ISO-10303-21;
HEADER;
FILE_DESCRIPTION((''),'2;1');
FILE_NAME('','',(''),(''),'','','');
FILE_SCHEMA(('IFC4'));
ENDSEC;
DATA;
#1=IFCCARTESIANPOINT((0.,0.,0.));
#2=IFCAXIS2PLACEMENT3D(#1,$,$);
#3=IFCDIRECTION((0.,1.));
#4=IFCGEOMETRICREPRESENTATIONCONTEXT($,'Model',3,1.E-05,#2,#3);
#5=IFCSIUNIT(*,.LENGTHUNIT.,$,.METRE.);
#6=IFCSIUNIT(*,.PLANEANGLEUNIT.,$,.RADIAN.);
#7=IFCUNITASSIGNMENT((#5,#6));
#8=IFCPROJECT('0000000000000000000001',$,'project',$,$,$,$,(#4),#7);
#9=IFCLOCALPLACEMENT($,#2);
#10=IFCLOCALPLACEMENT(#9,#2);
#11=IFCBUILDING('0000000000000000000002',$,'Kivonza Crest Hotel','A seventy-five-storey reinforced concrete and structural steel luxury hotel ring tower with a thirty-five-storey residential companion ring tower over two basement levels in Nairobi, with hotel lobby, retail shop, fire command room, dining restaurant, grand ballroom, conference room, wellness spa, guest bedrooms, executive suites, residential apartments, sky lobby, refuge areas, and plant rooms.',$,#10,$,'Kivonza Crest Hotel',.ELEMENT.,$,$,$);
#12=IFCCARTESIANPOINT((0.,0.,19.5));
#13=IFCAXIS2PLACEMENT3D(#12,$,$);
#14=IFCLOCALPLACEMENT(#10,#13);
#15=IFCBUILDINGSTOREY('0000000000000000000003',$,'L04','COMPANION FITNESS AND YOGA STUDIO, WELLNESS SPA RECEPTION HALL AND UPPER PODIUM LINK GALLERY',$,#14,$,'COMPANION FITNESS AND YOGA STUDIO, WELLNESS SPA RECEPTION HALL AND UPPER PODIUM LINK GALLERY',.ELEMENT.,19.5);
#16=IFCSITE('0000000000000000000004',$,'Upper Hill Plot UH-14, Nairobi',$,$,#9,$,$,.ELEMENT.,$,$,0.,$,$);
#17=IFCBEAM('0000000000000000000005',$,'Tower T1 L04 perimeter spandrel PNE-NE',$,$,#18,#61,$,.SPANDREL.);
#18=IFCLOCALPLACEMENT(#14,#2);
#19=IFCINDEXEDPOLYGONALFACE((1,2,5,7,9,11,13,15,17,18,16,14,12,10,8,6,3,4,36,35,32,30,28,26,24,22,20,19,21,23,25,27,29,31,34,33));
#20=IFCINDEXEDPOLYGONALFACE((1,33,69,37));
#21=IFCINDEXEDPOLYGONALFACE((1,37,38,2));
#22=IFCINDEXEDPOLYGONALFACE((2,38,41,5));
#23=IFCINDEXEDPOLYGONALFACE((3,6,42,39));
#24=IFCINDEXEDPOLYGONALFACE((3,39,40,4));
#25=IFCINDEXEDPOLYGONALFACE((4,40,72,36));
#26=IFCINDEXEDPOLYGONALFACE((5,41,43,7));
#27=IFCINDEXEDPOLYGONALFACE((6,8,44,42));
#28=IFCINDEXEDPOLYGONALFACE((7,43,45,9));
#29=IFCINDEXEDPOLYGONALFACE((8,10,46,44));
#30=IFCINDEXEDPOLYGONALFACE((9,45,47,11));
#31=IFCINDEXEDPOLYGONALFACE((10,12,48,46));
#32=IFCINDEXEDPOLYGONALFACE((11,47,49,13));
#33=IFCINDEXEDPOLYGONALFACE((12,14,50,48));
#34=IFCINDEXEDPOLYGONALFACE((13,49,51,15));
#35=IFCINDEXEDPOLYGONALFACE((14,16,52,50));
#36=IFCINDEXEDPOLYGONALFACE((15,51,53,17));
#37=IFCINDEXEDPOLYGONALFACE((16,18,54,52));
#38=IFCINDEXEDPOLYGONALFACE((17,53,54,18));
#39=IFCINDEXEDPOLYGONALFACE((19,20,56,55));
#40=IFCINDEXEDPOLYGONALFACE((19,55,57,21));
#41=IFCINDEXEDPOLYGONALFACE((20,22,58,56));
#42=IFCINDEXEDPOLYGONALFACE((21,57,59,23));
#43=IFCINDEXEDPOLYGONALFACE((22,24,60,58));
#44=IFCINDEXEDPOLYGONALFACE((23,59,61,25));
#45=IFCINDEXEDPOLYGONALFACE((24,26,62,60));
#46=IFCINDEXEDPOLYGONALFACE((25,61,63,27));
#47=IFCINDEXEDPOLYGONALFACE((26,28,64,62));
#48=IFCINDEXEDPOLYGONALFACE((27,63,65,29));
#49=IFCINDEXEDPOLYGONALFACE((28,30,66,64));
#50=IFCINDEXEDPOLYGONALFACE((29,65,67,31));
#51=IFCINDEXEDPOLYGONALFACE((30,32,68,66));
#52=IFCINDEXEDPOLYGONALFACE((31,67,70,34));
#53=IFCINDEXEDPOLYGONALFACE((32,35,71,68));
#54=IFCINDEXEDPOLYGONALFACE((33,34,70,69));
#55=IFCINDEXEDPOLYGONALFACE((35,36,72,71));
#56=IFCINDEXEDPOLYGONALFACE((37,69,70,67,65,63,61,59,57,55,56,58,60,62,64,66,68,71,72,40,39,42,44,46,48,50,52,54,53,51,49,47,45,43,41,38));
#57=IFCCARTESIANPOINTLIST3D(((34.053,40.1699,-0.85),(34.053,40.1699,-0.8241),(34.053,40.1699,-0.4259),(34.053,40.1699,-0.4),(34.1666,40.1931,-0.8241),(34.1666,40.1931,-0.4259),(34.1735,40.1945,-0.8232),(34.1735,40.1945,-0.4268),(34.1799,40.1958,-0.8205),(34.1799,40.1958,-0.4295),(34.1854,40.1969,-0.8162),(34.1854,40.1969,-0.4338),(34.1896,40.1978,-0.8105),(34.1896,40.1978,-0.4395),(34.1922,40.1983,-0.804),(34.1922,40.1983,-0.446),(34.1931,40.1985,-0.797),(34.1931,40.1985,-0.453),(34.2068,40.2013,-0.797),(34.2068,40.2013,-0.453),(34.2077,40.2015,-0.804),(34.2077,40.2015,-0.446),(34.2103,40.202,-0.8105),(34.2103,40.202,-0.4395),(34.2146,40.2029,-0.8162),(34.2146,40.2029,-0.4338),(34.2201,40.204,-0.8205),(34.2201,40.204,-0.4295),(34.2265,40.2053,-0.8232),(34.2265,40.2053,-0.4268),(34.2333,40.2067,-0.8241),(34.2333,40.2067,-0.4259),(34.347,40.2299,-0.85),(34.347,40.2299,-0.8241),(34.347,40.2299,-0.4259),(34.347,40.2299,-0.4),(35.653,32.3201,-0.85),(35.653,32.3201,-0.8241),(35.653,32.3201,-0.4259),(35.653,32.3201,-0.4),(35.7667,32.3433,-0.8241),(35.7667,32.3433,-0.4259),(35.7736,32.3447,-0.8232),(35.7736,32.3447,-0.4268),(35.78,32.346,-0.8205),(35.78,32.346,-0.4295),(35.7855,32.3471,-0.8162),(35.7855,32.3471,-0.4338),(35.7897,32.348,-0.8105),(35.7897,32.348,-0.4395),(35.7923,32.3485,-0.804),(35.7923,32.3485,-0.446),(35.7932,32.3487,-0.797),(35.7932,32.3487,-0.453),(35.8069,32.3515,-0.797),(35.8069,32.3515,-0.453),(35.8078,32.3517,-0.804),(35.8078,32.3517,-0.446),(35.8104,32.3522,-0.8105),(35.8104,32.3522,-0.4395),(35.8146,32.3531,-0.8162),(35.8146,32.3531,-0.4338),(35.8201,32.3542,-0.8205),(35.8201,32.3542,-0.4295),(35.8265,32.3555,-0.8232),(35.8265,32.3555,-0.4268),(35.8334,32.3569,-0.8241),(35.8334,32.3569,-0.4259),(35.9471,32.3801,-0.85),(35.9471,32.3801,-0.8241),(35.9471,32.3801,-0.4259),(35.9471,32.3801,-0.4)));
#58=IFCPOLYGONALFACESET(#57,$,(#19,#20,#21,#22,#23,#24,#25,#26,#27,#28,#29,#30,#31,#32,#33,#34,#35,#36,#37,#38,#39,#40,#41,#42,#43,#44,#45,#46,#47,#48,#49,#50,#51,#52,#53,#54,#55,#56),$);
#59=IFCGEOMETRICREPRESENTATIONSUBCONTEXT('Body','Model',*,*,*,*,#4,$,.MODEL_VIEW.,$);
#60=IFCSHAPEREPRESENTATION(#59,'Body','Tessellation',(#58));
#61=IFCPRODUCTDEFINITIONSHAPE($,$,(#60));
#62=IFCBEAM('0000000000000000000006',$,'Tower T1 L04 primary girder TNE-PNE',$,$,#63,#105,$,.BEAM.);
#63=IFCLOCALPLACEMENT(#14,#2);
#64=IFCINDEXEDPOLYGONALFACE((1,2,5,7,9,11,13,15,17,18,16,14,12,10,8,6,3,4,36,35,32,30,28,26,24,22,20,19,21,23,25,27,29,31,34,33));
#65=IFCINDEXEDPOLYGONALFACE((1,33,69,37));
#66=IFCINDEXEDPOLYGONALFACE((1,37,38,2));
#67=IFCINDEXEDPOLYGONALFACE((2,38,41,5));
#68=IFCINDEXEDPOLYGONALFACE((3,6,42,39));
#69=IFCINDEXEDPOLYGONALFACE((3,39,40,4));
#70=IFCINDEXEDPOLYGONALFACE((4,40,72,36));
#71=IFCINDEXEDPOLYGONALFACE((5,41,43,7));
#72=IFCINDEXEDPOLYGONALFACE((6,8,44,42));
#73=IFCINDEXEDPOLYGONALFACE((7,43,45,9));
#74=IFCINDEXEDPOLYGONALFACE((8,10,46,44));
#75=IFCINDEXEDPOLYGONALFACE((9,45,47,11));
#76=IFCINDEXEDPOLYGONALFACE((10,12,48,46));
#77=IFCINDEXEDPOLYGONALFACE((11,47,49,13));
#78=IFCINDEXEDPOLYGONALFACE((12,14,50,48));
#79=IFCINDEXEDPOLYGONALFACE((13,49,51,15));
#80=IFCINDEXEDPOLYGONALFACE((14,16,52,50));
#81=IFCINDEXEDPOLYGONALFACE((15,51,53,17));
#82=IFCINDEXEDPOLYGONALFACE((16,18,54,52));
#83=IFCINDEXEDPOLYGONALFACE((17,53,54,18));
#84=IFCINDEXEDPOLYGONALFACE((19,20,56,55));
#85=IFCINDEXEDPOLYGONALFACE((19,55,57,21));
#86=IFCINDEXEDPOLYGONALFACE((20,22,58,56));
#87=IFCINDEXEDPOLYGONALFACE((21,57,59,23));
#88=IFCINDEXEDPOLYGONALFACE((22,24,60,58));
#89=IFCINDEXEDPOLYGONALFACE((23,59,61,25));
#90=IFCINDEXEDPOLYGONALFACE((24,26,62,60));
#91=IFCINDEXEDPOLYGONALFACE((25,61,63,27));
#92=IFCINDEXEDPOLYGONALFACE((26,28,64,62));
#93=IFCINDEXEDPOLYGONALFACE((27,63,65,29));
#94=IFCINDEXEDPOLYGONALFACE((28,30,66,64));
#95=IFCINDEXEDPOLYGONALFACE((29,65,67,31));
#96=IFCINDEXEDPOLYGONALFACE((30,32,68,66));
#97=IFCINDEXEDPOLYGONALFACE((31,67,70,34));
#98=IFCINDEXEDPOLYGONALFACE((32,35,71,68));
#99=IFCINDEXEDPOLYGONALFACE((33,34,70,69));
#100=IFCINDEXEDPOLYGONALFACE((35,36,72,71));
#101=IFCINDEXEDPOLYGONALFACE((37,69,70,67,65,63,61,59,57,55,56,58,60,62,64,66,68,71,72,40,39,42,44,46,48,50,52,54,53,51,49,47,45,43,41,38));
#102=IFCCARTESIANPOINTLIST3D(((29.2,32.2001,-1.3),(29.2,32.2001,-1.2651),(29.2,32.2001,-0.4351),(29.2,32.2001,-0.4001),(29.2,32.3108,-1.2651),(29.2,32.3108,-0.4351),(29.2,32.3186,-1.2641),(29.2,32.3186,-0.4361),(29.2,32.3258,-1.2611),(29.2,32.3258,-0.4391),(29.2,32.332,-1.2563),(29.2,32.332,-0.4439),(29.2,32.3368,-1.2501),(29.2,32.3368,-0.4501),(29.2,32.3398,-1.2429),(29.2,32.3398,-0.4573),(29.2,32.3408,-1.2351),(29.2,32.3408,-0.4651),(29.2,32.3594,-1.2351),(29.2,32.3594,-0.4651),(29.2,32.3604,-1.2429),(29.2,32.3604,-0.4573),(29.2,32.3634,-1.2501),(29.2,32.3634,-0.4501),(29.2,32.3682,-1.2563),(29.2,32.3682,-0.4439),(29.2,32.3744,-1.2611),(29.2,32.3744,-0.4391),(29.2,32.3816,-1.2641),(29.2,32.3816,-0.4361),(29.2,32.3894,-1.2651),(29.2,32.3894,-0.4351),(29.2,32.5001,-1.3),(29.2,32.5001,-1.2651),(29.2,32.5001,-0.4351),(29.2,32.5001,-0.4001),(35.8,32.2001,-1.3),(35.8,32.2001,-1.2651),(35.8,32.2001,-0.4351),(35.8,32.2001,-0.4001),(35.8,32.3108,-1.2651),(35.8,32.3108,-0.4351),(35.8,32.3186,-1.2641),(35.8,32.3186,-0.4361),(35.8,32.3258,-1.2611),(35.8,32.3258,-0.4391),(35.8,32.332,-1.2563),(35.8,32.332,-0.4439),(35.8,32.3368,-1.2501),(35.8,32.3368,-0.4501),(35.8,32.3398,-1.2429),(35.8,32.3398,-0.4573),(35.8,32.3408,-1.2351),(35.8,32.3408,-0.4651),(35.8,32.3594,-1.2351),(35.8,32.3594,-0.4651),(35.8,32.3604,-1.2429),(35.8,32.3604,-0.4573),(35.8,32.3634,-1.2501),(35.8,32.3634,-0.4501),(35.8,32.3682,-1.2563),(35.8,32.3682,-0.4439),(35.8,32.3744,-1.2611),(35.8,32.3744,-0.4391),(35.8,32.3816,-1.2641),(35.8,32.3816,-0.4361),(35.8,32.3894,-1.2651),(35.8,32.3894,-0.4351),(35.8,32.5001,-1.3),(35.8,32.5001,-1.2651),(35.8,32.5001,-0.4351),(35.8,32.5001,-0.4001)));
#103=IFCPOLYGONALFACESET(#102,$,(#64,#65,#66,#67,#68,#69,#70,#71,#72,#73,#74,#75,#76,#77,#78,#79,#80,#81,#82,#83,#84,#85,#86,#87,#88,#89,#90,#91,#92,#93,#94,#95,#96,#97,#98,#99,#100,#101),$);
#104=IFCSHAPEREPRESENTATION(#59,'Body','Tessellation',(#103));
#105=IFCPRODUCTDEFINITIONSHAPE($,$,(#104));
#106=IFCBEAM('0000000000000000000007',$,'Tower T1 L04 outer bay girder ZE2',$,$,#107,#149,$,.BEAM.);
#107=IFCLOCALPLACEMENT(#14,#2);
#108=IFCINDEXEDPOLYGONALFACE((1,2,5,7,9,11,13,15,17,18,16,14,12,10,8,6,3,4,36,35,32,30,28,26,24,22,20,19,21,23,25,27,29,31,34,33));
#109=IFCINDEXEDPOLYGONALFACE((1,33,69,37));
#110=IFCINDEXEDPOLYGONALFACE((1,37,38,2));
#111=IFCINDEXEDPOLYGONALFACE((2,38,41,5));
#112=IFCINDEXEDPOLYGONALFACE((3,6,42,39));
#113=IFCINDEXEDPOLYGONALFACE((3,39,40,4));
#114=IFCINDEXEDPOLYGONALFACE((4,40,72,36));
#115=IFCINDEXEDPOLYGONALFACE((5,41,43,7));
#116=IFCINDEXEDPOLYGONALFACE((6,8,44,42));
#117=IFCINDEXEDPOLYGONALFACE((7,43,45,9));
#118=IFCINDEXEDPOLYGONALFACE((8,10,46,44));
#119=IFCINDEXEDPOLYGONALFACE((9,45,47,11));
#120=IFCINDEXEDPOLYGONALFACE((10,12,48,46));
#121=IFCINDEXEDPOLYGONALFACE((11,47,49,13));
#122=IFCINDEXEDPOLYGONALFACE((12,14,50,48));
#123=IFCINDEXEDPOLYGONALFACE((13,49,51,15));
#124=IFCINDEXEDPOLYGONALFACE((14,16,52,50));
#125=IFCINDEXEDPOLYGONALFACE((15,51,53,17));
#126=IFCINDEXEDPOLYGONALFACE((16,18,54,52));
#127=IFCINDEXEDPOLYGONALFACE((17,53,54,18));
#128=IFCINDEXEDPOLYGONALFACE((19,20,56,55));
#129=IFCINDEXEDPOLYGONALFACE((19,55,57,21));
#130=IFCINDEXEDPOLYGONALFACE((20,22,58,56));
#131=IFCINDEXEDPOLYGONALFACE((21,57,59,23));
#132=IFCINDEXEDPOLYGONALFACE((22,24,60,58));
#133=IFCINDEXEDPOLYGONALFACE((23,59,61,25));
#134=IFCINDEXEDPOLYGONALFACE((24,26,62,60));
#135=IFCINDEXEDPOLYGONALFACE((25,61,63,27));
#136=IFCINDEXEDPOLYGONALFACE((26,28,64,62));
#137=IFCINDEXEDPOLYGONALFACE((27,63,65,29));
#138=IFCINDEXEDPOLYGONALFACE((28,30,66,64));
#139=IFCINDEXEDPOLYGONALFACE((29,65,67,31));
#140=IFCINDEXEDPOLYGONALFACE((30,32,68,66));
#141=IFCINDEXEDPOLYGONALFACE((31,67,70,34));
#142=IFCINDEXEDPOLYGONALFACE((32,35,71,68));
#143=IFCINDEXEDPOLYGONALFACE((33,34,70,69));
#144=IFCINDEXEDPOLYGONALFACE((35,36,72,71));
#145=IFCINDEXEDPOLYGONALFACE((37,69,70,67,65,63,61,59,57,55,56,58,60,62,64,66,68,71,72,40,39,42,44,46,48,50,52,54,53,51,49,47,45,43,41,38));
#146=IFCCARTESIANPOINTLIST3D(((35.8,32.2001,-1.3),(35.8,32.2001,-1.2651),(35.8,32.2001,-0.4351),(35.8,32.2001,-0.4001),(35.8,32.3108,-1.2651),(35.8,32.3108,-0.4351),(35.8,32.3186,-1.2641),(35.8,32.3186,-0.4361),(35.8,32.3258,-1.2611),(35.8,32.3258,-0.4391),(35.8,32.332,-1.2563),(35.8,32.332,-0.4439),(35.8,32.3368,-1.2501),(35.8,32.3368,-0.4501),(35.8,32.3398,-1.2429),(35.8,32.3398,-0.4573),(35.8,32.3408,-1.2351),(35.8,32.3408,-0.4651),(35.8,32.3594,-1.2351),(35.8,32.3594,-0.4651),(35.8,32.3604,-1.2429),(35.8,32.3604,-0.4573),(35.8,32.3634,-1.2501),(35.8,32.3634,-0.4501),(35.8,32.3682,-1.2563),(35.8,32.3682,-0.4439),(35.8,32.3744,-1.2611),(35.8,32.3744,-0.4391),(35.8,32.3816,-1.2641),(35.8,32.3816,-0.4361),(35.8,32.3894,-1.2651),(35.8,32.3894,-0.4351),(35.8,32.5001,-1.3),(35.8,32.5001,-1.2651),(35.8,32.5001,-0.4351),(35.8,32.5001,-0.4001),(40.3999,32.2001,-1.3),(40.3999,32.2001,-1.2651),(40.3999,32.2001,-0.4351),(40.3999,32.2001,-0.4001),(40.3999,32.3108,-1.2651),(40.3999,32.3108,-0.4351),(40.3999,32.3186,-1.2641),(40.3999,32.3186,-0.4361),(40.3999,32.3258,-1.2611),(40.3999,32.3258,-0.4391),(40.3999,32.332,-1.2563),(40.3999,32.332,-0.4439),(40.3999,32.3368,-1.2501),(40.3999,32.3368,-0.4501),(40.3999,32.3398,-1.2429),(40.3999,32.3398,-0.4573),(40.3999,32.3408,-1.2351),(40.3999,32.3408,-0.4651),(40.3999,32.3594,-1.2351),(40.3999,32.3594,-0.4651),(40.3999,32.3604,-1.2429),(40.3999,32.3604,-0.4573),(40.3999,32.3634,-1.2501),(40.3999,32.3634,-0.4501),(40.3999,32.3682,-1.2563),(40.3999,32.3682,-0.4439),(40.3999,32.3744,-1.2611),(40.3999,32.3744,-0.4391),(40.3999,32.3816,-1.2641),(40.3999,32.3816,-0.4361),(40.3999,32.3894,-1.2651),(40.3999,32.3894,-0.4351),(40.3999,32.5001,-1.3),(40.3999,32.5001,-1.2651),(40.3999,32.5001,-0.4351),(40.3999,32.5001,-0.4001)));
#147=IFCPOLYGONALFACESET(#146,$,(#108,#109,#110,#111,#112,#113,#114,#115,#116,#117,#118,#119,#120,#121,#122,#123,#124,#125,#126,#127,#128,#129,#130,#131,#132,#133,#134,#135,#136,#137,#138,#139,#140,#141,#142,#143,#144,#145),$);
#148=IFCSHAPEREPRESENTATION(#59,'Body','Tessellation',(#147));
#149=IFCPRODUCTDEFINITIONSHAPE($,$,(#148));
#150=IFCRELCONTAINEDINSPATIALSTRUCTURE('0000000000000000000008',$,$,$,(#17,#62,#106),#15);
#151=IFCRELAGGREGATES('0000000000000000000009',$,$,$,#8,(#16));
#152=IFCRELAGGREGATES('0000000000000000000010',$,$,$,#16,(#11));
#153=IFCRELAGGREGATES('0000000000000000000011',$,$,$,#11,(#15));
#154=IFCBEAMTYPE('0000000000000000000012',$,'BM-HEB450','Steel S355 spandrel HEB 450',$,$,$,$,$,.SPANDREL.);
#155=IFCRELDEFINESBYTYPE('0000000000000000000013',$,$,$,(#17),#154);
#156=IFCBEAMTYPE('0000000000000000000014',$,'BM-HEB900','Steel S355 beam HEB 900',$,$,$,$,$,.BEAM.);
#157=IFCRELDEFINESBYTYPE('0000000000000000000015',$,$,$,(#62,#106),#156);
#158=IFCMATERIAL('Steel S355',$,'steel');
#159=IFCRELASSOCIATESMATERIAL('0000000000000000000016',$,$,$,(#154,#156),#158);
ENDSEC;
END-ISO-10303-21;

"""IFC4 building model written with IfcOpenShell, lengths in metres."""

from ifc_helpers import new_model, si_unit, direction, frame, origin, origin_2d, place, context, subcontext, project, spatial, i_section, extrude, material, material_profile, profile_set, type_object, element, save


model = new_model("IFC4")

# Units and contexts
model_context = context("Model", 3, precision=1e-05, world=origin(), true_north=direction((0.0, 1.0)))
body_context = subcontext(model_context, "Body", "Model", "MODEL_VIEW")
ifc_project = project(units=[si_unit("LENGTHUNIT", "METRE"), si_unit("PLANEANGLEUNIT", "RADIAN")], contexts=[model_context])

# Site, building, storey
site_placement = place(None, origin())
site = spatial("IfcSite", under=ifc_project, at=site_placement, Name="Upper Hill Plot UH-14, Nairobi", CompositionType="ELEMENT", RefElevation=0.0)
building_placement = place(site_placement, origin())
building = spatial("IfcBuilding", under=site, at=building_placement, Name="Kivonza Crest Hotel", Description="A seventy-five-storey reinforced concrete and structural steel luxury hotel ring tower with a thirty-five-storey residential companion ring tower over two basement levels in Nairobi, with hotel lobby, retail shop, fire command room, dining restaurant, grand ballroom, conference room, wellness spa, guest bedrooms, executive suites, residential apartments, sky lobby, refuge areas, and plant rooms.", LongName="Kivonza Crest Hotel", CompositionType="ELEMENT")
storey_placement = place(building_placement, frame((0.0, 0.0, 19.5)))
storey = spatial("IfcBuildingStorey", under=building, at=storey_placement, Name="L04", Description="COMPANION FITNESS AND YOGA STUDIO, WELLNESS SPA RECEPTION HALL AND UPPER PODIUM LINK GALLERY", LongName="COMPANION FITNESS AND YOGA STUDIO, WELLNESS SPA RECEPTION HALL AND UPPER PODIUM LINK GALLERY", CompositionType="ELEMENT", Elevation=19.5)

# Shared definitions
ifc_material_1 = material(Name="Steel S355", Category="steel")

# Beams
ifc_material_profile_1 = material_profile(ifc_material_1, i_section(OverallWidth=0.3, OverallDepth=0.45, WebThickness=0.0139, FlangeThickness=0.0259, FilletRadius=0.0271, at=origin_2d()), Name="HEB 450")
ifc_profile_set_1 = profile_set([ifc_material_profile_1], Name="Steel S355")
beam_type_1 = type_object("IfcBeamType", Name="BM-HEB450", Description="Steel S355 spandrel HEB 450", PredefinedType="SPANDREL", material=ifc_profile_set_1)
beam_1_placement = place(storey_placement, frame((35.8, 32.3501, -0.625), z_axis=(-0.199731, 0.979851, 0.0), x_axis=(-0.979851, -0.199731, 0.0)))
element("IfcBeam", 1, at=beam_1_placement, inside=storey, type_object=beam_type_1, Name="Tower T1 L04 perimeter spandrel PNE-NE", PredefinedType="SPANDREL", context=body_context, shape_type="SweptSolid", body=[
    extrude(i_section(OverallWidth=0.3, OverallDepth=0.45, WebThickness=0.0139, FlangeThickness=0.0259, FilletRadius=0.0271, at=origin_2d()), origin(), (0.0, 0.0, 1.0), 8.0112),
])
ifc_material_profile_2 = material_profile(ifc_material_1, i_section(OverallWidth=0.3, OverallDepth=0.8999, WebThickness=0.0186, FlangeThickness=0.0349, FilletRadius=0.03, at=origin_2d()), Name="HEB 900")
ifc_profile_set_2 = profile_set([ifc_material_profile_2], Name="Steel S355")
beam_type_2 = type_object("IfcBeamType", Name="BM-HEB900", Description="Steel S355 beam HEB 900", PredefinedType="BEAM", material=ifc_profile_set_2)
beam_2_placement = place(storey_placement, frame((29.2, 32.3501, -0.8501), z_axis=(1.0, 0.0, 0.0), x_axis=(0.0, 1.0, 0.0)))
element("IfcBeam", 2, at=beam_2_placement, inside=storey, type_object=beam_type_2, Name="Tower T1 L04 primary girder TNE-PNE", PredefinedType="BEAM", context=body_context, shape_type="SweptSolid", body=[
    extrude(i_section(OverallWidth=0.3, OverallDepth=0.8999, WebThickness=0.0186, FlangeThickness=0.0349, FilletRadius=0.03, at=origin_2d()), origin(), (0.0, 0.0, 1.0), 6.6001),
])
beam_3_placement = place(storey_placement, frame((40.3999, 32.3501, -0.8501), z_axis=(-1.0, 0.0, 0.0), x_axis=(0.0, -1.0, 0.0)))
element("IfcBeam", 3, at=beam_3_placement, inside=storey, type_object=beam_type_2, Name="Tower T1 L04 outer bay girder ZE2", PredefinedType="BEAM", context=body_context, shape_type="SweptSolid", body=[
    extrude(i_section(OverallWidth=0.3, OverallDepth=0.8999, WebThickness=0.0186, FlangeThickness=0.0349, FilletRadius=0.03, at=origin_2d()), origin(), (0.0, 0.0, 1.0), 4.5999),
])

save(model, "model.ifc")
